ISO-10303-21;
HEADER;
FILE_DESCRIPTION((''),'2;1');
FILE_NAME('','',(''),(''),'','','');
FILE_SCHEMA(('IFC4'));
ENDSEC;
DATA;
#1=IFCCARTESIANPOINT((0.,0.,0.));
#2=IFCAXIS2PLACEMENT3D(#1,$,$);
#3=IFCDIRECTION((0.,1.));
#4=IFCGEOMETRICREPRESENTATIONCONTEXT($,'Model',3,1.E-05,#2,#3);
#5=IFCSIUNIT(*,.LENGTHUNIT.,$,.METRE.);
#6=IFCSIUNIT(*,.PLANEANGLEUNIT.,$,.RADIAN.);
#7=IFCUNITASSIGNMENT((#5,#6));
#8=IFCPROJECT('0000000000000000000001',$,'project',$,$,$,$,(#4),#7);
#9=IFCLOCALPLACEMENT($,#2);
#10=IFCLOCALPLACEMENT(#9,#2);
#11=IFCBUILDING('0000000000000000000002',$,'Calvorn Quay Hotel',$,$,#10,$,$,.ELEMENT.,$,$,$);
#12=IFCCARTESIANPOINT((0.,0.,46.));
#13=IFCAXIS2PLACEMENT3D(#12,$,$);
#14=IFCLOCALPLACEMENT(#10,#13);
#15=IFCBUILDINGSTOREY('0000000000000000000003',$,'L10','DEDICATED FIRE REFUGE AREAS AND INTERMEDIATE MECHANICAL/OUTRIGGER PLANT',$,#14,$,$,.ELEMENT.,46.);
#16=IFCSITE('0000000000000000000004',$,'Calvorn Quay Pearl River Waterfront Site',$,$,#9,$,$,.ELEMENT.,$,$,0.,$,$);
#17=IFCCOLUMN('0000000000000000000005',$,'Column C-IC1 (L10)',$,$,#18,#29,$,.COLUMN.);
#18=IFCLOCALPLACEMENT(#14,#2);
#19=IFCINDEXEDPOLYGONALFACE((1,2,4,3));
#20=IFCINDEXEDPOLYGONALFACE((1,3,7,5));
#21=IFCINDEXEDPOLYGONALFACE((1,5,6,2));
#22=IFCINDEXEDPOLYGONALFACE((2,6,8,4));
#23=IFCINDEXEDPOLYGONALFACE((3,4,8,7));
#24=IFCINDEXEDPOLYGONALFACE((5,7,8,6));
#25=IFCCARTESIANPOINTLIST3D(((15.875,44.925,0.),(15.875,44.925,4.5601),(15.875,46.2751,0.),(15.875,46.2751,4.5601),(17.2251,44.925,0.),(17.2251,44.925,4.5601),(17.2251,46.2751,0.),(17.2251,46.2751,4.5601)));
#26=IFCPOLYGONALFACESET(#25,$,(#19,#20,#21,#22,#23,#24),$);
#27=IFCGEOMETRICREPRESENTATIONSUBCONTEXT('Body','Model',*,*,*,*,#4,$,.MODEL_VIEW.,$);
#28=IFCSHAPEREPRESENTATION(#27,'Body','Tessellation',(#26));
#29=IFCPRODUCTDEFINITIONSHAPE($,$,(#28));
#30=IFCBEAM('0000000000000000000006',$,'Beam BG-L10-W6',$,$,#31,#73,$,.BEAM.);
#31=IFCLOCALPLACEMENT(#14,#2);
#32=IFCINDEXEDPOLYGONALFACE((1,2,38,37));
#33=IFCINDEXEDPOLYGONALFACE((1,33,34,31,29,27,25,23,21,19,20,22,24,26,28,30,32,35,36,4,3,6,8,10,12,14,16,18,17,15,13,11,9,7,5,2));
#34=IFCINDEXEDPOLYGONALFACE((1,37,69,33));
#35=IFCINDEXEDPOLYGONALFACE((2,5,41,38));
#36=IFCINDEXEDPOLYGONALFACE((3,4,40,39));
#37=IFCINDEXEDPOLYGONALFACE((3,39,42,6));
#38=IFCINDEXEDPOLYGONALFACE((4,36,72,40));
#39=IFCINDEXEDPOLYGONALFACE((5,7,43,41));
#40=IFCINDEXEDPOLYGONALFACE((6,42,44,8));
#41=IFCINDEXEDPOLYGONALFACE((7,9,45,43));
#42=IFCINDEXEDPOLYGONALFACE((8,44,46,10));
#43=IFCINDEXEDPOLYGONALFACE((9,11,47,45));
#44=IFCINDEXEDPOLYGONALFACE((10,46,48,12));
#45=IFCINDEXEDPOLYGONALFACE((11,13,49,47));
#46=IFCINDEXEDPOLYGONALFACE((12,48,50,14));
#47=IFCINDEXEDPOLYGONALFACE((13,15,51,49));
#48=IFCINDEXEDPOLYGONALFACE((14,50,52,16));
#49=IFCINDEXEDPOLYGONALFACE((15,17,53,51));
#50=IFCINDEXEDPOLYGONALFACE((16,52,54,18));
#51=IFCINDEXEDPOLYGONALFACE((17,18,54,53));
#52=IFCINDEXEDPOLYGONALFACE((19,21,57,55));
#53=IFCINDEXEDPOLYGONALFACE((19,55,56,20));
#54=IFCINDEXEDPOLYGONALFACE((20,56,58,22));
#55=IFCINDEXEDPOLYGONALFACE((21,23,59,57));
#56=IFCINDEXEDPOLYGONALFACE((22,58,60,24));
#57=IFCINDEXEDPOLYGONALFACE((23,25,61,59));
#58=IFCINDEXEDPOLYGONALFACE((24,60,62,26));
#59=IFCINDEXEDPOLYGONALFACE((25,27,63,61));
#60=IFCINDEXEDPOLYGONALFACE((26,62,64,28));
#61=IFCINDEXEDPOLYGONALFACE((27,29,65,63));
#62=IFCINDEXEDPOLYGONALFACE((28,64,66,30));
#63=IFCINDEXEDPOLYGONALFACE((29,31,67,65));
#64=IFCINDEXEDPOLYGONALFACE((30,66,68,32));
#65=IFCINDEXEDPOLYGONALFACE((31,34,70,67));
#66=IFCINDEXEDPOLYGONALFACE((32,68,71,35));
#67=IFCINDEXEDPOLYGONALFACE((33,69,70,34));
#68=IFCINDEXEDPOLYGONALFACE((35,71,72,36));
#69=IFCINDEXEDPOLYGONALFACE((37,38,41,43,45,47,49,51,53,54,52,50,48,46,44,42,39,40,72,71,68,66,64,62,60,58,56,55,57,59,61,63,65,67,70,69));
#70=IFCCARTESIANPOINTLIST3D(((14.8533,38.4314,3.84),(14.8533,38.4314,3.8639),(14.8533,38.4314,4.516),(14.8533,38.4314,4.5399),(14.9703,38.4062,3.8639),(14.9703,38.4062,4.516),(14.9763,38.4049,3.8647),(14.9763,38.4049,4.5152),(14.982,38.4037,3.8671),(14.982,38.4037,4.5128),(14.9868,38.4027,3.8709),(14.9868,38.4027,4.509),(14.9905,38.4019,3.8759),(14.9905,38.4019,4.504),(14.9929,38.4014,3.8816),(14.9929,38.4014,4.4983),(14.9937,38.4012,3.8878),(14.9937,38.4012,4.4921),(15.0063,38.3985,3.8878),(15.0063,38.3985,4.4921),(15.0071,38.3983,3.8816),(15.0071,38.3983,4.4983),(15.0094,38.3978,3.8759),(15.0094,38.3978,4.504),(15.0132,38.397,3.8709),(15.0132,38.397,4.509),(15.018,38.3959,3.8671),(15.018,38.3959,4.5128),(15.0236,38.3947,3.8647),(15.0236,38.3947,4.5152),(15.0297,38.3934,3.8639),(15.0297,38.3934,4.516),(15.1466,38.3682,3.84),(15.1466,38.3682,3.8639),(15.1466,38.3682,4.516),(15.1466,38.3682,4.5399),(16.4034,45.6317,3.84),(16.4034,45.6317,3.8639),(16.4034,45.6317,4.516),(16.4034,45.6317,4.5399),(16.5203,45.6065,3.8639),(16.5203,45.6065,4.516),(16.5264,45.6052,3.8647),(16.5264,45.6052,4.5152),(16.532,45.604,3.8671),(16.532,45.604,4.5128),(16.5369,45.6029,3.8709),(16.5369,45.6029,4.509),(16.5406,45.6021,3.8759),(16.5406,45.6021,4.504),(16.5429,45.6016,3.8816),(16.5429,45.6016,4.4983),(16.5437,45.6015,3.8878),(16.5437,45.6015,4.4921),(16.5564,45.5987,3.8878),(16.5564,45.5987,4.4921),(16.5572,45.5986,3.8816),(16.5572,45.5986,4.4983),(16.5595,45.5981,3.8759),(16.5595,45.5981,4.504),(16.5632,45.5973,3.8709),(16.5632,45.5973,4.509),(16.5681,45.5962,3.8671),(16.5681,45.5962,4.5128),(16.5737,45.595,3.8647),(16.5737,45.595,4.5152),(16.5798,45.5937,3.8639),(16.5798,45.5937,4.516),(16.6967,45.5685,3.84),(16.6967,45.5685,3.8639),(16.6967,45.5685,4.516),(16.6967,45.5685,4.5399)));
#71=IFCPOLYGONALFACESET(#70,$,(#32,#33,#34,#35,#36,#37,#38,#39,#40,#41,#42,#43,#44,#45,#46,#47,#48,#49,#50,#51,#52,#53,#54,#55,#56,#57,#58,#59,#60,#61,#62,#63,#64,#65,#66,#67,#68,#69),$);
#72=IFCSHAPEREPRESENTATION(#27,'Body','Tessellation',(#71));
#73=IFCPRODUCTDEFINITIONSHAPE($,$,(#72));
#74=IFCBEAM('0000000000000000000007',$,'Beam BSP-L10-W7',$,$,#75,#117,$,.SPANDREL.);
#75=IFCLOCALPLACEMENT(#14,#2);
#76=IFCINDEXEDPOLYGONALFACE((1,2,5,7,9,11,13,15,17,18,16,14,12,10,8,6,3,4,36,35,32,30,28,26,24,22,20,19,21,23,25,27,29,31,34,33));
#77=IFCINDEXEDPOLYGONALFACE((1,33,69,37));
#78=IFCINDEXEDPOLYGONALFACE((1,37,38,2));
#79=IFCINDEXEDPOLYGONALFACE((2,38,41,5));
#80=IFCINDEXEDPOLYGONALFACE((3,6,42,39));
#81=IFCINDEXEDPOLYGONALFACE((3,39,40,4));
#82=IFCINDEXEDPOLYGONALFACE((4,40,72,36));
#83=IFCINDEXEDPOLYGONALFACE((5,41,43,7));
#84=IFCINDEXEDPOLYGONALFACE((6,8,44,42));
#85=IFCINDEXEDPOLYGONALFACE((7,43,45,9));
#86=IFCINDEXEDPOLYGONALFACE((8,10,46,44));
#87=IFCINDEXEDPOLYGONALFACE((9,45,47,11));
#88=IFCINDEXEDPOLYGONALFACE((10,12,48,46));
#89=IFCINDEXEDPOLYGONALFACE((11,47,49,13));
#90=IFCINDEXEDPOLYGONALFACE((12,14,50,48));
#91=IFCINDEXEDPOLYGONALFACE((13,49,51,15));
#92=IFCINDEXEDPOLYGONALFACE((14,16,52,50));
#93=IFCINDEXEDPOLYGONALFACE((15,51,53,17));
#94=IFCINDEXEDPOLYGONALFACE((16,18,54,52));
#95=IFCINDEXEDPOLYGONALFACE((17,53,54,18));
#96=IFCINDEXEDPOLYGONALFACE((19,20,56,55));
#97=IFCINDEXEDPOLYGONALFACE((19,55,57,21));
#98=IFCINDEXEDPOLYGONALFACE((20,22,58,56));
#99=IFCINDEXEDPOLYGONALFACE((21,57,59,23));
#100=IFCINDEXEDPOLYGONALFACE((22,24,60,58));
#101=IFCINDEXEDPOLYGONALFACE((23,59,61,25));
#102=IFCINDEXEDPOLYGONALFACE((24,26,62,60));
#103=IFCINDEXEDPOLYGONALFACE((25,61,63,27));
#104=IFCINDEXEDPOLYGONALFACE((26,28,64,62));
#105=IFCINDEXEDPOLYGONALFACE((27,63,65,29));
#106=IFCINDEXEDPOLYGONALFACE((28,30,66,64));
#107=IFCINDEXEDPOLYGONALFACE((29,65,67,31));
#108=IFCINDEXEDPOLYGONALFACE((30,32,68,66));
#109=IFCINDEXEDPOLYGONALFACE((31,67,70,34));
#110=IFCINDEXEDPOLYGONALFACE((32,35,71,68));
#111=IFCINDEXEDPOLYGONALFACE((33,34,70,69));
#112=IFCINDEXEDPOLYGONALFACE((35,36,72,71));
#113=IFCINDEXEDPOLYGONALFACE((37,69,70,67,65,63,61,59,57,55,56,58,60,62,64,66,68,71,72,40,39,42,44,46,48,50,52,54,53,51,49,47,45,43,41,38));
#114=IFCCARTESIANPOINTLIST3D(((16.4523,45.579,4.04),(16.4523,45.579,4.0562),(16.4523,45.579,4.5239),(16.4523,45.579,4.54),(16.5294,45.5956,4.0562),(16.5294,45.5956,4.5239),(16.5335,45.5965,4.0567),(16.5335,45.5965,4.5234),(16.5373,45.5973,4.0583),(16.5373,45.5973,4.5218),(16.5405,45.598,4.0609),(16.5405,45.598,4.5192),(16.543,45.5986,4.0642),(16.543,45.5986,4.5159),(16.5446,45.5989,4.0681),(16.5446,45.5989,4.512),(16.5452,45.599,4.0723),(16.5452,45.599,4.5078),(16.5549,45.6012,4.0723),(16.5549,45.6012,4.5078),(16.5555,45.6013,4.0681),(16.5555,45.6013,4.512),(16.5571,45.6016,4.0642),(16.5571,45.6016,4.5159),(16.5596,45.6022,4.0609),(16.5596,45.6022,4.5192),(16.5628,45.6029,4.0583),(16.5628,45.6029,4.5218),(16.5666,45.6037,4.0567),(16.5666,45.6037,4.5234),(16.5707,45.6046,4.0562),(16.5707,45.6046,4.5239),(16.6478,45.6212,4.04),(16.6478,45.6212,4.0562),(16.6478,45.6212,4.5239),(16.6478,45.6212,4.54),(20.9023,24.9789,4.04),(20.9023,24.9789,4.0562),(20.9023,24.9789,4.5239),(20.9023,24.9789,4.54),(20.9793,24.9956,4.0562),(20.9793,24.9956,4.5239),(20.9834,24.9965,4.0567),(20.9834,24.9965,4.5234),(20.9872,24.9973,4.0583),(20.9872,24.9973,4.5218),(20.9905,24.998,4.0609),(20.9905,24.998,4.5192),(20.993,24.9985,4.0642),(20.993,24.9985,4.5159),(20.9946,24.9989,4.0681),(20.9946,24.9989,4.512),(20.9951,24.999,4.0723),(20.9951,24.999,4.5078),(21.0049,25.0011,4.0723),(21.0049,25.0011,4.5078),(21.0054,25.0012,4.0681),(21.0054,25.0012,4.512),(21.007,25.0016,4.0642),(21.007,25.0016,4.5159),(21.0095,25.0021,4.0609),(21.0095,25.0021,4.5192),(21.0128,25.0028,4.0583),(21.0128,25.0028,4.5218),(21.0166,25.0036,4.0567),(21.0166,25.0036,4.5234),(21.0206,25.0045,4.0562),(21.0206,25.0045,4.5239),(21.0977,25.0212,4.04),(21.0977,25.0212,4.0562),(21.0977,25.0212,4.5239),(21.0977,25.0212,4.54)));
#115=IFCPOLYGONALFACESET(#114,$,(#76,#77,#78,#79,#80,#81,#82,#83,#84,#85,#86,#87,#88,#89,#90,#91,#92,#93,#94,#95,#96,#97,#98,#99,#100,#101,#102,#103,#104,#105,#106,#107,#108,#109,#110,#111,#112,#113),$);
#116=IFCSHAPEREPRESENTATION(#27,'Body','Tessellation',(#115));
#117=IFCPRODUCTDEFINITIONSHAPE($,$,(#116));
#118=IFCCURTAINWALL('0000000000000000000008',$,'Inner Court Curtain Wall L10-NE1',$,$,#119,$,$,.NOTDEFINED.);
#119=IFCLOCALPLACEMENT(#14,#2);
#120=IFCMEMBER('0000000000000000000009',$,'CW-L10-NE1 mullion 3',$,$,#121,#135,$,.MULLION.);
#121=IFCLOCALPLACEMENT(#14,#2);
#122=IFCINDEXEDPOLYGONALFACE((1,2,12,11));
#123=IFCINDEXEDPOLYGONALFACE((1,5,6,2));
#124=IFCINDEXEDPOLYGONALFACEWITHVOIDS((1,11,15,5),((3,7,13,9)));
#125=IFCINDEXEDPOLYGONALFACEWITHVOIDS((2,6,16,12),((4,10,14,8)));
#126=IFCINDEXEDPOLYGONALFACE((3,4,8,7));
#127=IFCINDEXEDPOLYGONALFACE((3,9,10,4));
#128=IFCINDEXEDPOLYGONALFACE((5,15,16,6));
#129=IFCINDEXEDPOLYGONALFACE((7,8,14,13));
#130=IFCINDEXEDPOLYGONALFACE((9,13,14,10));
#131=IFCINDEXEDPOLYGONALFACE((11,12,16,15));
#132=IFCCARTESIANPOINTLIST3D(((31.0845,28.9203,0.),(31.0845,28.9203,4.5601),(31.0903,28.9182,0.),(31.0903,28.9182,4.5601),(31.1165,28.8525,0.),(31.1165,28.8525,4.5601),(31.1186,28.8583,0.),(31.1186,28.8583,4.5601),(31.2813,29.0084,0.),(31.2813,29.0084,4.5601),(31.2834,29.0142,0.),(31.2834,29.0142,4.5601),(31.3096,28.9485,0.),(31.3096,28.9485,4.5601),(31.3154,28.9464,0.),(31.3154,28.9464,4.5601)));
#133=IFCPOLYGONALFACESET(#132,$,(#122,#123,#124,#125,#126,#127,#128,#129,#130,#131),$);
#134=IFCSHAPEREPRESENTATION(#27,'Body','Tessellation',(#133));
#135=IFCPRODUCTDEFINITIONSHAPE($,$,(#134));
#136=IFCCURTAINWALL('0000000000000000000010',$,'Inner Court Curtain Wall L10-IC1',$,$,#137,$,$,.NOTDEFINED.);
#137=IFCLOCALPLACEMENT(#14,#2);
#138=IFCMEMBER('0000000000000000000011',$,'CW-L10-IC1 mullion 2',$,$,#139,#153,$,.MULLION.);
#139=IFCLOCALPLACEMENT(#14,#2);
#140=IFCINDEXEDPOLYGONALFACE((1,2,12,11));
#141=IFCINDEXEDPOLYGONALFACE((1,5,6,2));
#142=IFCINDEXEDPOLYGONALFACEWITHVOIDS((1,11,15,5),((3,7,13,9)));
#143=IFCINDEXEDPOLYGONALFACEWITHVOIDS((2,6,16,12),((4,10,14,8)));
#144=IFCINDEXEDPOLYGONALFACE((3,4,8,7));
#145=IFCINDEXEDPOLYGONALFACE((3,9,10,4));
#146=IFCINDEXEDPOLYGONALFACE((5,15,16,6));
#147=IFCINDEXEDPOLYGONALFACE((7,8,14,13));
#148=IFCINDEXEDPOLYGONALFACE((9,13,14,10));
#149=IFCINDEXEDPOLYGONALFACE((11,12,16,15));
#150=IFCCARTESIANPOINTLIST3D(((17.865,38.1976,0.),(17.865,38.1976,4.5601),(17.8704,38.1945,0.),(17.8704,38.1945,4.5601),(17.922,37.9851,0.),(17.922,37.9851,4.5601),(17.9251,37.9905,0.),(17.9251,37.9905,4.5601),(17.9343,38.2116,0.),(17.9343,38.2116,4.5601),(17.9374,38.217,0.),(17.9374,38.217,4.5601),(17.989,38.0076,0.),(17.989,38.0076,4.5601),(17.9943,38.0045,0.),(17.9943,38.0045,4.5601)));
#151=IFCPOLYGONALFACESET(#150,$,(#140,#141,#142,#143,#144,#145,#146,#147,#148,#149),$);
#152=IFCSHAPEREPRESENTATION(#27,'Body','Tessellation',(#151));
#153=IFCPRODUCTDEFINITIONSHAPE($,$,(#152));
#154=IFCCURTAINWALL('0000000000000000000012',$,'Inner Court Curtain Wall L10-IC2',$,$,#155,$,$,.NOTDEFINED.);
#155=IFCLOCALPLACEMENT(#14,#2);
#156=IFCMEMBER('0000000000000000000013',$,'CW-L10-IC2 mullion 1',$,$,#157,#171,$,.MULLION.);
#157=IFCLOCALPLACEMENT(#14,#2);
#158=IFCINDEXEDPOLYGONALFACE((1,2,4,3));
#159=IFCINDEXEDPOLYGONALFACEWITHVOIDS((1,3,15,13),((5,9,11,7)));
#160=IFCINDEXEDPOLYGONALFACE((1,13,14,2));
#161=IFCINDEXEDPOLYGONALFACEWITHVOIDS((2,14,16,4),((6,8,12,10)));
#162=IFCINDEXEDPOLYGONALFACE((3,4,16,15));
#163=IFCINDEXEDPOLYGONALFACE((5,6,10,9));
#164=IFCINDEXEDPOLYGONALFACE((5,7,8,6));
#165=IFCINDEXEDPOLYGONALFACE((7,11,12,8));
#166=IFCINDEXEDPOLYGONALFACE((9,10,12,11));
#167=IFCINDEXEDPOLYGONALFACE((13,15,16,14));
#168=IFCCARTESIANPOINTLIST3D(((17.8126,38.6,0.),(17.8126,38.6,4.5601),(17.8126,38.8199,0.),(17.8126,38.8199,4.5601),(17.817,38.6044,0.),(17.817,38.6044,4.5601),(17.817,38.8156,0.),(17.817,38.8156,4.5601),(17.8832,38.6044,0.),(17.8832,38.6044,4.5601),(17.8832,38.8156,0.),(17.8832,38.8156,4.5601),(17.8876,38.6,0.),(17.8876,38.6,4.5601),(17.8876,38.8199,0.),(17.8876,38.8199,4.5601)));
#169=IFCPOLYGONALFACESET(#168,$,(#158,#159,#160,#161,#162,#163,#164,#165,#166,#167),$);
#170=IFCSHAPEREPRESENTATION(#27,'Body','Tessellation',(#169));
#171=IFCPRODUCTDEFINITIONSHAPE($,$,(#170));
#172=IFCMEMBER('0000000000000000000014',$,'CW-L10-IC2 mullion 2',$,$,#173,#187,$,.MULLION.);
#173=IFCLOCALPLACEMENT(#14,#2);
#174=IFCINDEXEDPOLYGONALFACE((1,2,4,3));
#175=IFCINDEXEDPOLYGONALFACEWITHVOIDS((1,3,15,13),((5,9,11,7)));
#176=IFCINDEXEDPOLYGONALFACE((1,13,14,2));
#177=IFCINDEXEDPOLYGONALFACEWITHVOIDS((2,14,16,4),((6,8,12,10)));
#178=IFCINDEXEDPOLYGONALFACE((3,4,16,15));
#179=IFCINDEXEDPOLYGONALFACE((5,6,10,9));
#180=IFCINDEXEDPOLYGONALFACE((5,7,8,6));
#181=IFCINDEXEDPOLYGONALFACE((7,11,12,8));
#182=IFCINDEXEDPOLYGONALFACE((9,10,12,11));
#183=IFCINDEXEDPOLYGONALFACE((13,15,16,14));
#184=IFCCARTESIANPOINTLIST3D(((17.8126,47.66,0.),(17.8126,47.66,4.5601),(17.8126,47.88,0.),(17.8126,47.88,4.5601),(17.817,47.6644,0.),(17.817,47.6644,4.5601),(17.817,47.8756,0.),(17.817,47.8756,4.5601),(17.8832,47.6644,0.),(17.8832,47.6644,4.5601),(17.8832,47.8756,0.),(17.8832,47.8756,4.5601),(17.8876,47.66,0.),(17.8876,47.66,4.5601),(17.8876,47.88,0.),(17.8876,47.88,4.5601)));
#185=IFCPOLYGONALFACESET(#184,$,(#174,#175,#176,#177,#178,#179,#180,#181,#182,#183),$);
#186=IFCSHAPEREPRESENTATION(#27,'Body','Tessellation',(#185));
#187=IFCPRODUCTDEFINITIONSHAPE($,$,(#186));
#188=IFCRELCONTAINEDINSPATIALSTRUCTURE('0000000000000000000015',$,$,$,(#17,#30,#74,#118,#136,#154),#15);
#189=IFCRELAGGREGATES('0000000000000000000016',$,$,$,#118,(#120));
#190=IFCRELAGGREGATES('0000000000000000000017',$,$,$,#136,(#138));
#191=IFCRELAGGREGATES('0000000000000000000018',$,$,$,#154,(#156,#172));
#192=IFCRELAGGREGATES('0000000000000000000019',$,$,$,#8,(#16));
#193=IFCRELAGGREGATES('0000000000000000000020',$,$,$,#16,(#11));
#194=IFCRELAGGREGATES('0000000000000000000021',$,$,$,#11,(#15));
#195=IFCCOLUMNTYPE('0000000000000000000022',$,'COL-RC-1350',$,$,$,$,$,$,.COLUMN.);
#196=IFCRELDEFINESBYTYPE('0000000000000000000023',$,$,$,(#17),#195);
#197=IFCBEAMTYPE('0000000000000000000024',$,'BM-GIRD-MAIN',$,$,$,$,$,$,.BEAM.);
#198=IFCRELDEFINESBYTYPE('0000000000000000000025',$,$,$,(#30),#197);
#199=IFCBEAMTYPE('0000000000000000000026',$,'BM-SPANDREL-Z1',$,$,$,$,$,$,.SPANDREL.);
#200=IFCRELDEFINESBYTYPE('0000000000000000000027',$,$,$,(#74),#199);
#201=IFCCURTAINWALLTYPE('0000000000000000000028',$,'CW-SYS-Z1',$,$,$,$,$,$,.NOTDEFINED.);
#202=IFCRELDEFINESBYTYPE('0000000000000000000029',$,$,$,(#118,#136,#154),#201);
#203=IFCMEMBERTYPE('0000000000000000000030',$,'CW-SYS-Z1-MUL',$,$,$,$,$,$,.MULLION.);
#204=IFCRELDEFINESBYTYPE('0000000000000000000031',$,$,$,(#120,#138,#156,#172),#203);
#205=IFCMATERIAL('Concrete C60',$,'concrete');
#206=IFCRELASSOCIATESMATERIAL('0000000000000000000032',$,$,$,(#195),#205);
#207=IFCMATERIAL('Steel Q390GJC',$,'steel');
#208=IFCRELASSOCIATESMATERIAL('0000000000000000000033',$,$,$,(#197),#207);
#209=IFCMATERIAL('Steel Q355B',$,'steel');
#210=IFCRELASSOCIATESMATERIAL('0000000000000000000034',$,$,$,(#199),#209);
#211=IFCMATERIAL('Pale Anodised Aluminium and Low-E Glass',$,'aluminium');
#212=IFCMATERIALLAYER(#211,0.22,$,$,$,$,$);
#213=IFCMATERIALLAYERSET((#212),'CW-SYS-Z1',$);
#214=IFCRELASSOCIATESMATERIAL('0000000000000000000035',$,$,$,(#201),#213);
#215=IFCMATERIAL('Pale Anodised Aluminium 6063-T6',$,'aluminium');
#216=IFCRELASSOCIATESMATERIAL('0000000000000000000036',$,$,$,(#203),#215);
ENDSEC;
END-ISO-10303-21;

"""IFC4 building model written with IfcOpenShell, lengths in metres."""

from ifc_helpers import new_model, si_unit, direction, frame, origin, origin_2d, place, context, subcontext, project, spatial, rectangle, hollow_rectangle, i_section, extrude, material, layer, layer_set, material_profile, profile_set, type_object, element, aggregate, save


model = new_model("IFC4")

# Units and contexts
model_context = context("Model", 3, precision=1e-05, world=origin(), true_north=direction((0.0, 1.0)))
body_context = subcontext(model_context, "Body", "Model", "MODEL_VIEW")
ifc_project = project(units=[si_unit("LENGTHUNIT", "METRE"), si_unit("PLANEANGLEUNIT", "RADIAN")], contexts=[model_context])

# Site, building, storey
site_placement = place(None, origin())
site = spatial("IfcSite", under=ifc_project, at=site_placement, Name="Calvorn Quay Pearl River Waterfront Site", CompositionType="ELEMENT", RefElevation=0.0)
building_placement = place(site_placement, origin())
building = spatial("IfcBuilding", under=site, at=building_placement, Name="Calvorn Quay Hotel", CompositionType="ELEMENT")
storey_placement = place(building_placement, frame((0.0, 0.0, 46.0)))
storey = spatial("IfcBuildingStorey", under=building, at=storey_placement, Name="L10", Description="DEDICATED FIRE REFUGE AREAS AND INTERMEDIATE MECHANICAL/OUTRIGGER PLANT", CompositionType="ELEMENT", Elevation=46.0)

# Column
ifc_material_1 = material(Name="Concrete C60", Category="concrete")
ifc_material_profile_1 = material_profile(ifc_material_1, rectangle(XDim=1.3501, YDim=1.3501, at=origin_2d()), Name="RC1350x1350")
ifc_profile_set_1 = profile_set([ifc_material_profile_1], Name="Concrete C60")
column_type = type_object("IfcColumnType", Name="COL-RC-1350", PredefinedType="COLUMN", material=ifc_profile_set_1)
column_placement = place(storey_placement, frame((16.55, 45.6001, 0.0), z_axis=(0.0, 0.0, 1.0), x_axis=(1.0, 0.0, 0.0)))
element("IfcColumn", 1, at=column_placement, inside=storey, type_object=column_type, Name="Column C-IC1 (L10)", PredefinedType="COLUMN", context=body_context, shape_type="SweptSolid", body=[
    extrude(rectangle(XDim=1.3501, YDim=1.3501, at=origin_2d()), origin(), (0.0, 0.0, 1.0), 4.5601),
])

# Beams
ifc_material_2 = material(Name="Steel Q390GJC", Category="steel")
ifc_material_profile_2 = material_profile(ifc_material_2, i_section(OverallWidth=0.3, OverallDepth=0.7, WebThickness=0.0129, FlangeThickness=0.0239, FilletRadius=0.0239, at=origin_2d()), Name="HN700x300x13x24")
ifc_profile_set_2 = profile_set([ifc_material_profile_2], Name="Steel Q390GJC")
beam_type_1 = type_object("IfcBeamType", Name="BM-GIRD-MAIN", PredefinedType="BEAM", material=ifc_profile_set_2)
beam_1_placement = place(storey_placement, frame((16.55, 45.6001, 4.1899), z_axis=(-0.210457, -0.977603, 0.0), x_axis=(0.977603, -0.210457, 0.0)))
element("IfcBeam", 2, at=beam_1_placement, inside=storey, type_object=beam_type_1, Name="Beam BG-L10-W6", PredefinedType="BEAM", context=body_context, shape_type="SweptSolid", body=[
    extrude(i_section(OverallWidth=0.3, OverallDepth=0.7, WebThickness=0.0129, FlangeThickness=0.0239, FilletRadius=0.0239, at=origin_2d()), origin(), (0.0, 0.0, 1.0), 7.3652),
])
ifc_material_3 = material(Name="Steel Q355B", Category="steel")
ifc_material_profile_3 = material_profile(ifc_material_3, i_section(OverallWidth=0.2, OverallDepth=0.5, WebThickness=0.01, FlangeThickness=0.0161, FilletRadius=0.0161, at=origin_2d()), Name="HN500x200x10x16")
ifc_profile_set_3 = profile_set([ifc_material_profile_3], Name="Steel Q355B")
beam_type_2 = type_object("IfcBeamType", Name="BM-SPANDREL-Z1", PredefinedType="SPANDREL", material=ifc_profile_set_3)
beam_2_placement = place(storey_placement, frame((16.55, 45.6001, 4.29), z_axis=(0.211146, -0.977455, 0.0), x_axis=(0.977455, 0.211146, 0.0)))
element("IfcBeam", 3, at=beam_2_placement, inside=storey, type_object=beam_type_2, Name="Beam BSP-L10-W7", PredefinedType="SPANDREL", context=body_context, shape_type="SweptSolid", body=[
    extrude(i_section(OverallWidth=0.2, OverallDepth=0.5, WebThickness=0.01, FlangeThickness=0.0161, FilletRadius=0.0161, at=origin_2d()), origin(), (0.0, 0.0, 1.0), 21.0752),
])

# Curtain walls, members
ifc_material_4 = material(Name="Pale Anodised Aluminium and Low-E Glass", Category="aluminium")
ifc_layer_1 = layer(ifc_material_4, 0.22)
ifc_layer_set_1 = layer_set([ifc_layer_1], Name="CW-SYS-Z1")
curtain_wall_type = type_object("IfcCurtainWallType", Name="CW-SYS-Z1", PredefinedType="NOTDEFINED", material=ifc_layer_set_1)
curtain_wall_1_placement = place(storey_placement, origin())
curtain_wall_1 = element("IfcCurtainWall", 4, at=curtain_wall_1_placement, inside=storey, type_object=curtain_wall_type, Name="Inner Court Curtain Wall L10-NE1", PredefinedType="NOTDEFINED")
ifc_material_5 = material(Name="Pale Anodised Aluminium 6063-T6", Category="aluminium")
ifc_material_profile_4 = material_profile(ifc_material_5, hollow_rectangle(XDim=0.075, YDim=0.22, WallThickness=0.0044, at=origin_2d()), Name="ALU-M220x75x4.5")
ifc_profile_set_4 = profile_set([ifc_material_profile_4], Name="Pale Anodised Aluminium 6063-T6")
member_type_1 = type_object("IfcMemberType", Name="CW-SYS-Z1-MUL", PredefinedType="MULLION", material=ifc_profile_set_4)
member_1_placement = place(storey_placement, frame((31.2, 28.9333, 0.0), z_axis=(0.0, 0.0, 1.0), x_axis=(0.427006, -0.904249, 0.0)))
member_1 = element("IfcMember", 5, at=member_1_placement, type_object=member_type_1, Name="CW-L10-NE1 mullion 3", PredefinedType="MULLION", context=body_context, shape_type="SweptSolid", body=[
    extrude(hollow_rectangle(XDim=0.075, YDim=0.22, WallThickness=0.0044, at=origin_2d()), origin(), (0.0, 0.0, 1.0), 4.5601),
])
curtain_wall_2_placement = place(storey_placement, origin())
curtain_wall_2 = element("IfcCurtainWall", 6, at=curtain_wall_2_placement, inside=storey, type_object=curtain_wall_type, Name="Inner Court Curtain Wall L10-IC1", PredefinedType="NOTDEFINED")
member_2_placement = place(storey_placement, frame((17.9297, 38.1011, 0.0), z_axis=(0.0, 0.0, 1.0), x_axis=(-0.965937, -0.258779, 0.0)))
member_2 = element("IfcMember", 7, at=member_2_placement, type_object=member_type_1, Name="CW-L10-IC1 mullion 2", PredefinedType="MULLION", context=body_context, shape_type="SweptSolid", body=[
    extrude(hollow_rectangle(XDim=0.075, YDim=0.22, WallThickness=0.0044, at=origin_2d()), origin(), (0.0, 0.0, 1.0), 4.5601),
])

# Curtain wall, members
curtain_wall_3_placement = place(storey_placement, origin())
curtain_wall_3 = element("IfcCurtainWall", 8, at=curtain_wall_3_placement, inside=storey, type_object=curtain_wall_type, Name="Inner Court Curtain Wall L10-IC2", PredefinedType="NOTDEFINED")
member_3_placement = place(storey_placement, frame((17.8501, 38.71, 0.0), z_axis=(0.0, 0.0, 1.0), x_axis=(-1.0, 0.0, 0.0)))
member_3 = element("IfcMember", 9, at=member_3_placement, type_object=member_type_1, Name="CW-L10-IC2 mullion 1", PredefinedType="MULLION", context=body_context, shape_type="SweptSolid", body=[
    extrude(hollow_rectangle(XDim=0.075, YDim=0.22, WallThickness=0.0044, at=origin_2d()), origin(), (0.0, 0.0, 1.0), 4.5601),
])
member_4_placement = place(storey_placement, frame((17.8501, 47.77, 0.0), z_axis=(0.0, 0.0, 1.0), x_axis=(-1.0, 0.0, 0.0)))
member_4 = element("IfcMember", 10, at=member_4_placement, type_object=member_type_1, Name="CW-L10-IC2 mullion 2", PredefinedType="MULLION", context=body_context, shape_type="SweptSolid", body=[
    extrude(hollow_rectangle(XDim=0.075, YDim=0.22, WallThickness=0.0044, at=origin_2d()), origin(), (0.0, 0.0, 1.0), 4.5601),
])

aggregate(curtain_wall_1, [member_1])

aggregate(curtain_wall_2, [member_2])
aggregate(curtain_wall_3, [member_3, member_4])

save(model, "model.ifc")
